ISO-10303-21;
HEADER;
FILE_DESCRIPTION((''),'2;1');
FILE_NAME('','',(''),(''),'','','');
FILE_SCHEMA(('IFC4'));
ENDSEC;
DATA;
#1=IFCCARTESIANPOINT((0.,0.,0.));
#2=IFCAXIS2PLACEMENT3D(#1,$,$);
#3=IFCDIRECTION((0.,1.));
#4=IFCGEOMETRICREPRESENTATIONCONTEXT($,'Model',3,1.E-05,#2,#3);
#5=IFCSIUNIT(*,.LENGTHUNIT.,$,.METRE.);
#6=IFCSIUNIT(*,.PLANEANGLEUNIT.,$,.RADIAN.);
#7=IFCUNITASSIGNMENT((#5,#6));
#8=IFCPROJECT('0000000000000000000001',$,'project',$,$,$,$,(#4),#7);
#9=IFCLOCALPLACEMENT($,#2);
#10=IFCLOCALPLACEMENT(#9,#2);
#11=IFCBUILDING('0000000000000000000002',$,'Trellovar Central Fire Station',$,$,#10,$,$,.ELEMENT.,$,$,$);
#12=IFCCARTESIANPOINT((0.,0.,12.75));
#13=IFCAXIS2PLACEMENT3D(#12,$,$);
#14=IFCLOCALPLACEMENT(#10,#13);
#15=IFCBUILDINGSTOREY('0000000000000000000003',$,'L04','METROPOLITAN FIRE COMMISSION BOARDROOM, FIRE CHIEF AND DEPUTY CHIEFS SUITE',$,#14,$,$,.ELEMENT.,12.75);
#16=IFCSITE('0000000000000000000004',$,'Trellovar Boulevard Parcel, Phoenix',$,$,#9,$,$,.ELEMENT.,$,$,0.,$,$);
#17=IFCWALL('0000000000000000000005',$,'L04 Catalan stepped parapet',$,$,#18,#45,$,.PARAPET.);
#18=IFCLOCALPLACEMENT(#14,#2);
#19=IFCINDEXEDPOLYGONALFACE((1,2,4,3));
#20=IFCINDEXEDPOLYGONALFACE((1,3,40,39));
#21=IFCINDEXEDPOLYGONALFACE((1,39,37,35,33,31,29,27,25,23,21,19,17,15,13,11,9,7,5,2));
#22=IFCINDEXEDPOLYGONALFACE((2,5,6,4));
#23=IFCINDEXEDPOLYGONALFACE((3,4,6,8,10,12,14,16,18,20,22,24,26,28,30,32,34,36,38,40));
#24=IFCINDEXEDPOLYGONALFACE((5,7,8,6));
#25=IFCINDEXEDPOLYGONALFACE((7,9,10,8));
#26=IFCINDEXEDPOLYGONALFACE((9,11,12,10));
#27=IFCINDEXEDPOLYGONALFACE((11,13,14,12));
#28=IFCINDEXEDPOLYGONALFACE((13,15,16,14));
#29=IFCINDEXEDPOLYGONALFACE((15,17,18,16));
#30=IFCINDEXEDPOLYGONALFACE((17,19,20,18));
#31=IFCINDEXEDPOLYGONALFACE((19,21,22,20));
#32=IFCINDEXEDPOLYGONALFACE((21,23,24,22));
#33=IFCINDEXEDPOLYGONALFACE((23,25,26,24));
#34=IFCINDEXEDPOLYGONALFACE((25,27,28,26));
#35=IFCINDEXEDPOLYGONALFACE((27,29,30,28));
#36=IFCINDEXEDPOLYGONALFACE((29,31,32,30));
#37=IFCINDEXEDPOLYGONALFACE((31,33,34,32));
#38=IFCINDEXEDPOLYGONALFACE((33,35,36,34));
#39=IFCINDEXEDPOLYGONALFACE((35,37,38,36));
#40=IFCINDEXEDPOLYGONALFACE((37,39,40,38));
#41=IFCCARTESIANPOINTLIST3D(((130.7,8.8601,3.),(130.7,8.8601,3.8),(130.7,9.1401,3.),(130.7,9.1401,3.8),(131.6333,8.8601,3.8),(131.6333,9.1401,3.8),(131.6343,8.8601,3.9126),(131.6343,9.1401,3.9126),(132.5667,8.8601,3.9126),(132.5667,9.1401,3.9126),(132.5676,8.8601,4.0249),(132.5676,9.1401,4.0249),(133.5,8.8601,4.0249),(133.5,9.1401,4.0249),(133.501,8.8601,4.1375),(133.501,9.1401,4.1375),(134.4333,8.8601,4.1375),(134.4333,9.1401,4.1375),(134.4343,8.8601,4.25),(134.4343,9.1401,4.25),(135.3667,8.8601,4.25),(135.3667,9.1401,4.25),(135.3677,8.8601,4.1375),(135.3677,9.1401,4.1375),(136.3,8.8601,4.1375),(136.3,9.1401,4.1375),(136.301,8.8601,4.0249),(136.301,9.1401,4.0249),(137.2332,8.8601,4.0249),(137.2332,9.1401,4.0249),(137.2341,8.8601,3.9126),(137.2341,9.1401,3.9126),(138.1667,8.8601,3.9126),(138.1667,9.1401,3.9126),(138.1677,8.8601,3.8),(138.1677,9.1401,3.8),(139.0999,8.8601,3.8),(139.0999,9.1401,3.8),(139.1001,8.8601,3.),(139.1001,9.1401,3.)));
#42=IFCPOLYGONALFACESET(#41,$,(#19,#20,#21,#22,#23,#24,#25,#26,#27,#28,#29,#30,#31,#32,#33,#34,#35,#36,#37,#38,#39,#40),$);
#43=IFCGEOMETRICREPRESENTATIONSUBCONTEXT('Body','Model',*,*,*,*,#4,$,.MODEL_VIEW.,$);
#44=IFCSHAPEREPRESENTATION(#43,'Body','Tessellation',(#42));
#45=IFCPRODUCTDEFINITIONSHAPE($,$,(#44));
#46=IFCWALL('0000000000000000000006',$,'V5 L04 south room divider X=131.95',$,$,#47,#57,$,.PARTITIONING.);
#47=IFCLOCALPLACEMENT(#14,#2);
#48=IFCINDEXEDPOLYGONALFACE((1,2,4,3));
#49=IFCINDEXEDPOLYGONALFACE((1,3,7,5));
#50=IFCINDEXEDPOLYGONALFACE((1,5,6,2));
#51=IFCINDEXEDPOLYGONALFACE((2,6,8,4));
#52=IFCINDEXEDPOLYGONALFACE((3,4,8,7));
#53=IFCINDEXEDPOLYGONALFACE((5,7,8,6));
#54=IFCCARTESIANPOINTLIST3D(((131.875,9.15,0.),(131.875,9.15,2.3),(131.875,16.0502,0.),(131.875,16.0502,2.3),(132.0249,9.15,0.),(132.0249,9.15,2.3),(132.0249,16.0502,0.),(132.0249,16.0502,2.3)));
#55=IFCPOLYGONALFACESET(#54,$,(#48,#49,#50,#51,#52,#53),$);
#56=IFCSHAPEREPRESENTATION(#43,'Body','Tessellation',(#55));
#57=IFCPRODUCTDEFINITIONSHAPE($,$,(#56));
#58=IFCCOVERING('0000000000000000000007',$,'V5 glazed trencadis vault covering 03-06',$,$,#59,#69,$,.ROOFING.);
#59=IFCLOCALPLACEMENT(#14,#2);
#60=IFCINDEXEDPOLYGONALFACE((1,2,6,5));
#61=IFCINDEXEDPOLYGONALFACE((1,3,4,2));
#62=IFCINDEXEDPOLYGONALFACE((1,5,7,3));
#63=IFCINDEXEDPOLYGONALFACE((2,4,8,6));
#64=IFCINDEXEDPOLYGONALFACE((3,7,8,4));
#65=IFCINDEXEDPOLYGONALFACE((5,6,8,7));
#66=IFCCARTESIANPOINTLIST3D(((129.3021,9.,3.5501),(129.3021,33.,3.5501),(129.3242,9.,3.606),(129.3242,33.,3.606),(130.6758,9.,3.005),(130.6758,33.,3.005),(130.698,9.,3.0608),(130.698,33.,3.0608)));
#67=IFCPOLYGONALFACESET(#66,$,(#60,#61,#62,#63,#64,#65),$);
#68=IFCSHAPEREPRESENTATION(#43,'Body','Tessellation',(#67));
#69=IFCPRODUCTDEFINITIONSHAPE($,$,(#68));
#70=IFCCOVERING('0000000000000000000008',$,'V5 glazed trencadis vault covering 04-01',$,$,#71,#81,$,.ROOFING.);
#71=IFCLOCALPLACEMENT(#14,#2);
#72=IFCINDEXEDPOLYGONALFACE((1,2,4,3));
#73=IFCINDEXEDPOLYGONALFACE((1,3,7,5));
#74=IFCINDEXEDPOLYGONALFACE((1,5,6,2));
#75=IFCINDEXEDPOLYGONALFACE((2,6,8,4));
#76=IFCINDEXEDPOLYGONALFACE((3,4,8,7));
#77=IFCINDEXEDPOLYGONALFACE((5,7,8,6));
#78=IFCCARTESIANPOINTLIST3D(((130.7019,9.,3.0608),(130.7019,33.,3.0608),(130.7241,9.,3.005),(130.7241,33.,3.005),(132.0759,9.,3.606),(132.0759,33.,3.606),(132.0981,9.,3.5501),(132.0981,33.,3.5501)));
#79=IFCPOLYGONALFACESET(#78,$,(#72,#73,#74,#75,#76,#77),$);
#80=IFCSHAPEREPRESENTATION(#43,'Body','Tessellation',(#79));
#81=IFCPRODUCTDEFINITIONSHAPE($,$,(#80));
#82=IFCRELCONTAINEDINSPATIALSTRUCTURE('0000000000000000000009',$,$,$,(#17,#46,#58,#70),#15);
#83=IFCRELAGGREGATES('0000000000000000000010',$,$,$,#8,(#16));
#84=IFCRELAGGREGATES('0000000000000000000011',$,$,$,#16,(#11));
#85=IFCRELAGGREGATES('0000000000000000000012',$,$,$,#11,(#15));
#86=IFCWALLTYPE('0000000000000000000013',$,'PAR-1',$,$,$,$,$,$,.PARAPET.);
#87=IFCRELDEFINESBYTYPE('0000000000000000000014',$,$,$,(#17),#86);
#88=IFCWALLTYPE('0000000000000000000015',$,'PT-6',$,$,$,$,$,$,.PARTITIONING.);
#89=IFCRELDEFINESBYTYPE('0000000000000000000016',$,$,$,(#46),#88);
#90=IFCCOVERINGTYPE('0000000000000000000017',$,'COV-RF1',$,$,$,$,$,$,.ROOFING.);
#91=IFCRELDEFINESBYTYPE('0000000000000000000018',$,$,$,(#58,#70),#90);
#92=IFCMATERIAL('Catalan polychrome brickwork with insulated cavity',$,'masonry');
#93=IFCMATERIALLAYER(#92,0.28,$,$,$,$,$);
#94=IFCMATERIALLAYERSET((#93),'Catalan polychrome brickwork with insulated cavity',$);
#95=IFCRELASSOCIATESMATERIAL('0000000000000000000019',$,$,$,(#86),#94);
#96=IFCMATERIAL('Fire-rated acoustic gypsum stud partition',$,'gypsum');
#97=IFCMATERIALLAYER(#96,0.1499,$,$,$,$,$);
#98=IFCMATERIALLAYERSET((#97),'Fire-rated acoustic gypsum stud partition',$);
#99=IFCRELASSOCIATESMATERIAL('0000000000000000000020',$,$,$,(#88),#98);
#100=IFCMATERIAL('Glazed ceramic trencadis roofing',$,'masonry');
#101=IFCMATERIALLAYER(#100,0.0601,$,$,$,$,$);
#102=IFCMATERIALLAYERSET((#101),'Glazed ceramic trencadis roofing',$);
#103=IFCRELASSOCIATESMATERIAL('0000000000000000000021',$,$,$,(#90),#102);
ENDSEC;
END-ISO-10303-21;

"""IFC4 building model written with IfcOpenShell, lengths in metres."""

from ifc_helpers import new_model, si_unit, direction, frame, frame_2d, origin, place, context, subcontext, project, spatial, polyline, rectangle, outline, extrude, material, layer, layer_set, type_object, element, save


model = new_model("IFC4")

# Units and contexts
model_context = context("Model", 3, precision=1e-05, world=origin(), true_north=direction((0.0, 1.0)))
body_context = subcontext(model_context, "Body", "Model", "MODEL_VIEW")
ifc_project = project(units=[si_unit("LENGTHUNIT", "METRE"), si_unit("PLANEANGLEUNIT", "RADIAN")], contexts=[model_context])

# Site, building, storey
site_placement = place(None, origin())
site = spatial("IfcSite", under=ifc_project, at=site_placement, Name="Trellovar Boulevard Parcel, Phoenix", CompositionType="ELEMENT", RefElevation=0.0)
building_placement = place(site_placement, origin())
building = spatial("IfcBuilding", under=site, at=building_placement, Name="Trellovar Central Fire Station", CompositionType="ELEMENT")
storey_placement = place(building_placement, frame((0.0, 0.0, 12.75)))
storey = spatial("IfcBuildingStorey", under=building, at=storey_placement, Name="L04", Description="METROPOLITAN FIRE COMMISSION BOARDROOM, FIRE CHIEF AND DEPUTY CHIEFS SUITE", CompositionType="ELEMENT", Elevation=12.75)

# Walls
ifc_material_1 = material(Name="Catalan polychrome brickwork with insulated cavity", Category="masonry")
ifc_layer_1 = layer(ifc_material_1, 0.28)
ifc_layer_set_1 = layer_set([ifc_layer_1], Name="Catalan polychrome brickwork with insulated cavity")
wall_type_1 = type_object("IfcWallType", Name="PAR-1", PredefinedType="PARAPET", material=ifc_layer_set_1)
wall_1_placement = place(storey_placement, frame((130.7, 9.0, 3.0), z_axis=(0.0, 0.0, 1.0), x_axis=(1.0, 0.0, 0.0)))
element("IfcWall", 1, at=wall_1_placement, inside=storey, type_object=wall_type_1, Name="L04 Catalan stepped parapet", PredefinedType="PARAPET", context=body_context, shape_type="SweptSolid", body=[
    extrude(outline(polyline([(0.0, 0.0), (8.4001, 0.0), (8.3999, 0.8), (7.4678, 0.8), (7.4668, 0.9126), (6.5342, 0.9126), (6.5332, 1.0249), (5.6011, 1.0249), (5.6001, 1.1375), (4.6677, 1.1375), (4.6667, 1.25), (3.7344, 1.25), (3.7334, 1.1375), (2.801, 1.1375), (2.8, 1.0249), (1.8677, 1.0249), (1.8667, 0.9126), (0.9343, 0.9126), (0.9333, 0.8), (0.0, 0.8), (0.0, 0.0)])), frame((0.0, 0.1401, 0.0), z_axis=(0.0, -1.0, 0.0), x_axis=(1.0, 0.0, 0.0)), (0.0, 0.0, 1.0), 0.28),
])
ifc_material_2 = material(Name="Fire-rated acoustic gypsum stud partition", Category="gypsum")
ifc_layer_2 = layer(ifc_material_2, 0.1499)
ifc_layer_set_2 = layer_set([ifc_layer_2], Name="Fire-rated acoustic gypsum stud partition")
wall_type_2 = type_object("IfcWallType", Name="PT-6", PredefinedType="PARTITIONING", material=ifc_layer_set_2)
wall_2_placement = place(storey_placement, frame((131.95, 9.1499, 0.0), z_axis=(0.0, 0.0, 1.0), x_axis=(0.0, 1.0, 0.0)))
element("IfcWall", 2, at=wall_2_placement, inside=storey, type_object=wall_type_2, Name="V5 L04 south room divider X=131.95", PredefinedType="PARTITIONING", context=body_context, shape_type="SweptSolid", body=[
    extrude(rectangle(XDim=6.9001, YDim=0.1499, at=frame_2d((3.4502, 0.0))), origin(), (0.0, 0.0, 1.0), 2.3),
])

# Coverings
ifc_material_3 = material(Name="Glazed ceramic trencadis roofing", Category="masonry")
ifc_layer_3 = layer(ifc_material_3, 0.0601)
ifc_layer_set_3 = layer_set([ifc_layer_3], Name="Glazed ceramic trencadis roofing")
covering_type = type_object("IfcCoveringType", Name="COV-RF1", PredefinedType="ROOFING", material=ifc_layer_set_3)
covering_1_placement = place(storey_placement, frame((129.3242, 9.0, 3.606), z_axis=(0.368855, 0.0, 0.929487), x_axis=(0.929487, 0.0, -0.368855)))
element("IfcCovering", 3, at=covering_1_placement, inside=storey, type_object=covering_type, Name="V5 glazed trencadis vault covering 03-06", PredefinedType="ROOFING", context=body_context, shape_type="SweptSolid", body=[
    extrude(outline(polyline([(0.0, 0.0), (1.478, 0.0), (1.478, 24.0), (0.0, 24.0), (0.0, 0.0)])), origin(), (0.0, 0.0, -1.0), 0.0601),
])
covering_2_placement = place(storey_placement, frame((130.7019, 9.0, 3.0608), z_axis=(-0.368798, 0.0, 0.92951), x_axis=(0.92951, 0.0, 0.368798)))
element("IfcCovering", 4, at=covering_2_placement, inside=storey, type_object=covering_type, Name="V5 glazed trencadis vault covering 04-01", PredefinedType="ROOFING", context=body_context, shape_type="SweptSolid", body=[
    extrude(outline(polyline([(0.0, 0.0), (1.4782, 0.0), (1.4782, 24.0), (0.0, 24.0), (0.0, 0.0)])), origin(), (0.0, 0.0, -1.0), 0.0601),
])

save(model, "model.ifc")
